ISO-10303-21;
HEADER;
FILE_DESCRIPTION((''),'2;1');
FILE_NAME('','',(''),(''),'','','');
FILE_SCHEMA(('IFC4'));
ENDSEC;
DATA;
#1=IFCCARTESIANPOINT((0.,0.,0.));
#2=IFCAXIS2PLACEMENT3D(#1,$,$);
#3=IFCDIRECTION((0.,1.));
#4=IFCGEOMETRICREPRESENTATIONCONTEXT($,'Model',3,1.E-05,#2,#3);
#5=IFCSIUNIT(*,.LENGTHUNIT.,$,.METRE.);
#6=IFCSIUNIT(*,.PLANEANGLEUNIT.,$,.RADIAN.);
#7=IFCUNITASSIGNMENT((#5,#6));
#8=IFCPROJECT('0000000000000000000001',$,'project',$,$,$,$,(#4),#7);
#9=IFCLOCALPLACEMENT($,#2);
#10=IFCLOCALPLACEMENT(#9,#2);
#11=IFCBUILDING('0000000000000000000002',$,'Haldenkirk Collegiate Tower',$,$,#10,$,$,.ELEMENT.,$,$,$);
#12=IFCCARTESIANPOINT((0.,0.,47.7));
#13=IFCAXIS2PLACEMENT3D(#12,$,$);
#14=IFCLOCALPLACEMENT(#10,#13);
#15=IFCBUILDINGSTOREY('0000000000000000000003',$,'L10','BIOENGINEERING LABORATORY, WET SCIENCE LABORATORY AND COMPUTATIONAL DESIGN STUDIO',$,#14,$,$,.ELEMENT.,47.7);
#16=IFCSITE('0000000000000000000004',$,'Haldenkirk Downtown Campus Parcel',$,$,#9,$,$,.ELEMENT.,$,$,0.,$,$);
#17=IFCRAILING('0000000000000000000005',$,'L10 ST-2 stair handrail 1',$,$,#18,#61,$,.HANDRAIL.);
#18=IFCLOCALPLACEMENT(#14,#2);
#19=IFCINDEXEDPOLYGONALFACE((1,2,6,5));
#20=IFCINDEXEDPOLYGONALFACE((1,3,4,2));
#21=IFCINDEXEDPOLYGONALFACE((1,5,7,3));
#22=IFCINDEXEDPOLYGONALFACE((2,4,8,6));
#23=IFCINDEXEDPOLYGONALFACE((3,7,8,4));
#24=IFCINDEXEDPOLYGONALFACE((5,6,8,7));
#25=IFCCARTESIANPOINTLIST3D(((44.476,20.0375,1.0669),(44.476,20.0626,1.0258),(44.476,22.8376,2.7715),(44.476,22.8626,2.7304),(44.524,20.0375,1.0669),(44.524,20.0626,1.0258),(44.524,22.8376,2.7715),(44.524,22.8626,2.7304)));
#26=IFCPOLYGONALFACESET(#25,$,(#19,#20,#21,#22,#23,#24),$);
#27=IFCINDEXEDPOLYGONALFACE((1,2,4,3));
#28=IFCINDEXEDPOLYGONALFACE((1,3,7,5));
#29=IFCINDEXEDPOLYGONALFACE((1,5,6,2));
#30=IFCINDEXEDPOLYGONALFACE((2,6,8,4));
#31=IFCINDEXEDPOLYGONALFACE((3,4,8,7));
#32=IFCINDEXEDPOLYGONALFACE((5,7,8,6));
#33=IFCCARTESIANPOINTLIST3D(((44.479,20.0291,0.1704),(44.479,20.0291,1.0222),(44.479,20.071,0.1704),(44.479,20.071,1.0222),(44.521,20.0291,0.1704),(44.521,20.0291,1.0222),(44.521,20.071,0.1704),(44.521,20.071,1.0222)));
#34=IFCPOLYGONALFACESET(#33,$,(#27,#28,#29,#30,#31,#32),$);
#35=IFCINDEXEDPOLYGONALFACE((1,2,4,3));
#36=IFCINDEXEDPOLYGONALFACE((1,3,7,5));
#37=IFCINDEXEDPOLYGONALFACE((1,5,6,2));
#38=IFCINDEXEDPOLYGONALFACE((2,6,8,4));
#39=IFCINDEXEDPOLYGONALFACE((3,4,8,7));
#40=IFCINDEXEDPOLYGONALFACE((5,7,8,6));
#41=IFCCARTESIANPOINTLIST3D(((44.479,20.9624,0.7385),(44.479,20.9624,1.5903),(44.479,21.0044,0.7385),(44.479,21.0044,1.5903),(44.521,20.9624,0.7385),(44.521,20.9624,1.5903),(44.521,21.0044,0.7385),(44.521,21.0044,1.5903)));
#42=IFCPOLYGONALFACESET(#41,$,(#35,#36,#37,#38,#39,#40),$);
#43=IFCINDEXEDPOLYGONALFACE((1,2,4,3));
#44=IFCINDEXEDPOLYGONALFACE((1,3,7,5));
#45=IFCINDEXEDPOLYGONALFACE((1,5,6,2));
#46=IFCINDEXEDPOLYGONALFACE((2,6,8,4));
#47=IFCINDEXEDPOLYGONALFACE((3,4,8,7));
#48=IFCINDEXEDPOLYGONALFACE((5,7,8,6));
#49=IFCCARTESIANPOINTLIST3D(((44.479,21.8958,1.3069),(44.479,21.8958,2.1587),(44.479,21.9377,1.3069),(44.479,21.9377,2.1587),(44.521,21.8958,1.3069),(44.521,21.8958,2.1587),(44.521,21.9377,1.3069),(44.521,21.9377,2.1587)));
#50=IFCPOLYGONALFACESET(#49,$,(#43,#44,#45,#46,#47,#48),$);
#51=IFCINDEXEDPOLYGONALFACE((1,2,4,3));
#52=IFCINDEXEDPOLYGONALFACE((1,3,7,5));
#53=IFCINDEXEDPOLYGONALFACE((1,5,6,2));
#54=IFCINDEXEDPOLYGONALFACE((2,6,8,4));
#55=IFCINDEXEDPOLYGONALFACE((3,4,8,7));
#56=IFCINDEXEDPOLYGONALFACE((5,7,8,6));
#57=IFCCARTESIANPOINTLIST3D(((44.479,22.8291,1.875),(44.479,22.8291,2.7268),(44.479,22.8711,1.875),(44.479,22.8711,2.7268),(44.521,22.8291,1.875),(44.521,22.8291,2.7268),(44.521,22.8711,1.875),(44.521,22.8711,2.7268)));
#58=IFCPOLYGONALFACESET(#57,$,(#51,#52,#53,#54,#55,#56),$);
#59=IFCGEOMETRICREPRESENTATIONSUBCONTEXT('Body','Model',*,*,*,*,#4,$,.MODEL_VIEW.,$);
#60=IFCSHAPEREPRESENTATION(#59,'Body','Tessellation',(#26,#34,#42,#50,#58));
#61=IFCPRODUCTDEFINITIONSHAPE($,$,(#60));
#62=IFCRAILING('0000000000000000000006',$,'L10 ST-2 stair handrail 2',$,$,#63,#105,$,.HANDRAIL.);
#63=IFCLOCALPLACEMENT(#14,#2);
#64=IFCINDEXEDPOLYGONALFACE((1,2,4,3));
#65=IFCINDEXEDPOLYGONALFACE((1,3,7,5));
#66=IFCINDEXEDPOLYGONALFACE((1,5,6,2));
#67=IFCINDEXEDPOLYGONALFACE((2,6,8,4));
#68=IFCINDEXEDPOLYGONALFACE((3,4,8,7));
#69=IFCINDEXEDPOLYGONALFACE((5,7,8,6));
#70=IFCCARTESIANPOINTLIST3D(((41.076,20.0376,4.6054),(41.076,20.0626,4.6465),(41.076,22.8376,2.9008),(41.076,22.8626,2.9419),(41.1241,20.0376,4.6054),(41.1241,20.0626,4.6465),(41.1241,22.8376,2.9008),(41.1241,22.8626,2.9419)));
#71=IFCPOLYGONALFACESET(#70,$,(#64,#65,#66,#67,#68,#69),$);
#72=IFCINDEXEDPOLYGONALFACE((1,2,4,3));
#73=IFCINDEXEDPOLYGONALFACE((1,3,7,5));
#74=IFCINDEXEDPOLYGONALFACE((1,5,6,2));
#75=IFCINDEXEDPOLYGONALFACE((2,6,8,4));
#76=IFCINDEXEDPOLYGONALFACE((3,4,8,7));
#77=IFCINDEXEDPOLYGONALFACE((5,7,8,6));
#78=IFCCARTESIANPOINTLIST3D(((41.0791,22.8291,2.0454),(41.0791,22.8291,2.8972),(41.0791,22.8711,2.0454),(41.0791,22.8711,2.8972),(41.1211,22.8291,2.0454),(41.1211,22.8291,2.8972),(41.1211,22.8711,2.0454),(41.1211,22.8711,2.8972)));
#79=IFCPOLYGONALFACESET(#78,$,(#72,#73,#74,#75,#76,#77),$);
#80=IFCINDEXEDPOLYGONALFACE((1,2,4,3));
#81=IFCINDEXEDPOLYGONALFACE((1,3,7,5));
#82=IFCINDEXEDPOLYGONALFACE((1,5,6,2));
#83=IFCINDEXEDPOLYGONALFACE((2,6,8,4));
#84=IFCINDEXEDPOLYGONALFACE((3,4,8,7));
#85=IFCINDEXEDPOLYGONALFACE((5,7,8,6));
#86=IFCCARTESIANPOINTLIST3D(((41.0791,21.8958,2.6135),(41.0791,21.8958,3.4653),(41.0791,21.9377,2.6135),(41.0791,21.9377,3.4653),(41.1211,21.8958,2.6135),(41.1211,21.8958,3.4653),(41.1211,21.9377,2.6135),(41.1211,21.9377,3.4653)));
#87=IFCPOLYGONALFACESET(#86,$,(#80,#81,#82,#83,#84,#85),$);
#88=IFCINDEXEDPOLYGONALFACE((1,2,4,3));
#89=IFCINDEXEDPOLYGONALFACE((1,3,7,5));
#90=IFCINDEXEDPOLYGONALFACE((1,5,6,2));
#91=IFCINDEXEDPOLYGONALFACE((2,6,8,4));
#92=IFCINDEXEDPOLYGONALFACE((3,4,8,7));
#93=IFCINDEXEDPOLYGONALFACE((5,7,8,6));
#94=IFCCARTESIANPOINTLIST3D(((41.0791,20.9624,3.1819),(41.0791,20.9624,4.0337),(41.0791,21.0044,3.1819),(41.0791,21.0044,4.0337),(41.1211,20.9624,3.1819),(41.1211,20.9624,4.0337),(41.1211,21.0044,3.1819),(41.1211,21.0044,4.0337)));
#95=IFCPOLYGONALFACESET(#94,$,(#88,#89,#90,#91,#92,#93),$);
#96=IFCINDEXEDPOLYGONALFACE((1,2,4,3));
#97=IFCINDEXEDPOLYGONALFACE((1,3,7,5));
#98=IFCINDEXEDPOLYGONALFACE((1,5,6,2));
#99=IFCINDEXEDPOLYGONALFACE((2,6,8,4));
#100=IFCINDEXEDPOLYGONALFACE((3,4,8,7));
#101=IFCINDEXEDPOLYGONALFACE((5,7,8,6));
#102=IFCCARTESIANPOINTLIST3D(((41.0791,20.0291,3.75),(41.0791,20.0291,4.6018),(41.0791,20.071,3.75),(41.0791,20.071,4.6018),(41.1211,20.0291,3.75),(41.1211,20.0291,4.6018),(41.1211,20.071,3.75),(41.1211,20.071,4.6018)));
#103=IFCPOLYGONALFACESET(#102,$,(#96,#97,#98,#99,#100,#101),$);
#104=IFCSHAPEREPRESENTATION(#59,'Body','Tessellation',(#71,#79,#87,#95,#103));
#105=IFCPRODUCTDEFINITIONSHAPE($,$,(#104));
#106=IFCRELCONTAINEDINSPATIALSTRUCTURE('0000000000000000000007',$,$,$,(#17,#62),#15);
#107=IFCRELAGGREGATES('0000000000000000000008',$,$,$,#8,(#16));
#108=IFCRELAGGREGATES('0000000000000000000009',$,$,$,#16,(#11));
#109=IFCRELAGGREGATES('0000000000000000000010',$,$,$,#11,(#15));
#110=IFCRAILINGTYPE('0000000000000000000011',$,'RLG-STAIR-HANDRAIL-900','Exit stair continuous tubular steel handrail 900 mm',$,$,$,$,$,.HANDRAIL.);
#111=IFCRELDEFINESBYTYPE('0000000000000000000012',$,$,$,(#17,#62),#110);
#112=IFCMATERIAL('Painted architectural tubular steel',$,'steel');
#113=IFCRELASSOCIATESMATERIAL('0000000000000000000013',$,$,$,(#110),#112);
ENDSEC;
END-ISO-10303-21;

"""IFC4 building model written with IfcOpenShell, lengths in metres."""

from ifc_helpers import new_model, si_unit, direction, frame, origin, origin_2d, place, context, subcontext, project, spatial, rectangle, extrude, material, type_object, element, save


model = new_model("IFC4")

# Units and contexts
model_context = context("Model", 3, precision=1e-05, world=origin(), true_north=direction((0.0, 1.0)))
body_context = subcontext(model_context, "Body", "Model", "MODEL_VIEW")
ifc_project = project(units=[si_unit("LENGTHUNIT", "METRE"), si_unit("PLANEANGLEUNIT", "RADIAN")], contexts=[model_context])

# Site, building, storey
site_placement = place(None, origin())
site = spatial("IfcSite", under=ifc_project, at=site_placement, Name="Haldenkirk Downtown Campus Parcel", CompositionType="ELEMENT", RefElevation=0.0)
building_placement = place(site_placement, origin())
building = spatial("IfcBuilding", under=site, at=building_placement, Name="Haldenkirk Collegiate Tower", CompositionType="ELEMENT")
storey_placement = place(building_placement, frame((0.0, 0.0, 47.7)))
storey = spatial("IfcBuildingStorey", under=building, at=storey_placement, Name="L10", Description="BIOENGINEERING LABORATORY, WET SCIENCE LABORATORY AND COMPUTATIONAL DESIGN STUDIO", CompositionType="ELEMENT", Elevation=47.7)

# Railings
ifc_material_1 = material(Name="Painted architectural tubular steel", Category="steel")
railing_type_1 = type_object("IfcRailingType", Name="RLG-STAIR-HANDRAIL-900", Description="Exit stair continuous tubular steel handrail 900 mm", PredefinedType="HANDRAIL", material=ifc_material_1)
railing_1_placement = place(storey_placement, frame((44.5, 20.05, 0.1704)))
element("IfcRailing", 1, at=railing_1_placement, inside=storey, type_object=railing_type_1, Name="L10 ST-2 stair handrail 1", PredefinedType="HANDRAIL", context=body_context, shape_type="SweptSolid", body=[
    extrude(rectangle(XDim=0.0481, YDim=0.0481, at=origin_2d()), frame((0.0, 0.0, 0.876), z_axis=(0.0, 0.85417, 0.519994), x_axis=(-1.0, 0.0, 0.0)), (0.0, 0.0, 1.0), 3.2781),
    extrude(rectangle(XDim=0.042, YDim=0.042, at=origin_2d()), origin(), (0.0, 0.0, 1.0), 0.8518),
    extrude(rectangle(XDim=0.042, YDim=0.042, at=origin_2d()), frame((0.0, 0.9333, 0.5681)), (0.0, 0.0, 1.0), 0.8518),
    extrude(rectangle(XDim=0.042, YDim=0.042, at=origin_2d()), frame((0.0, 1.8667, 1.1365)), (0.0, 0.0, 1.0), 0.8518),
    extrude(rectangle(XDim=0.042, YDim=0.042, at=origin_2d()), frame((0.0, 2.8, 1.7046)), (0.0, 0.0, 1.0), 0.8518),
])
railing_2_placement = place(storey_placement, frame((41.1001, 22.8501, 2.0454)))
element("IfcRailing", 2, at=railing_2_placement, inside=storey, type_object=railing_type_1, Name="L10 ST-2 stair handrail 2", PredefinedType="HANDRAIL", context=body_context, shape_type="SweptSolid", body=[
    extrude(rectangle(XDim=0.0481, YDim=0.0481, at=origin_2d()), frame((0.0, 0.0, 0.876), z_axis=(0.0, -0.85417, 0.519994), x_axis=(1.0, 0.0, 0.0)), (0.0, 0.0, 1.0), 3.2781),
    extrude(rectangle(XDim=0.042, YDim=0.042, at=origin_2d()), origin(), (0.0, 0.0, 1.0), 0.8518),
    extrude(rectangle(XDim=0.042, YDim=0.042, at=origin_2d()), frame((0.0, -0.9333, 0.5681)), (0.0, 0.0, 1.0), 0.8518),
    extrude(rectangle(XDim=0.042, YDim=0.042, at=origin_2d()), frame((0.0, -1.8667, 1.1365)), (0.0, 0.0, 1.0), 0.8518),
    extrude(rectangle(XDim=0.042, YDim=0.042, at=origin_2d()), frame((0.0, -2.8, 1.7046)), (0.0, 0.0, 1.0), 0.8518),
])

save(model, "model.ifc")
